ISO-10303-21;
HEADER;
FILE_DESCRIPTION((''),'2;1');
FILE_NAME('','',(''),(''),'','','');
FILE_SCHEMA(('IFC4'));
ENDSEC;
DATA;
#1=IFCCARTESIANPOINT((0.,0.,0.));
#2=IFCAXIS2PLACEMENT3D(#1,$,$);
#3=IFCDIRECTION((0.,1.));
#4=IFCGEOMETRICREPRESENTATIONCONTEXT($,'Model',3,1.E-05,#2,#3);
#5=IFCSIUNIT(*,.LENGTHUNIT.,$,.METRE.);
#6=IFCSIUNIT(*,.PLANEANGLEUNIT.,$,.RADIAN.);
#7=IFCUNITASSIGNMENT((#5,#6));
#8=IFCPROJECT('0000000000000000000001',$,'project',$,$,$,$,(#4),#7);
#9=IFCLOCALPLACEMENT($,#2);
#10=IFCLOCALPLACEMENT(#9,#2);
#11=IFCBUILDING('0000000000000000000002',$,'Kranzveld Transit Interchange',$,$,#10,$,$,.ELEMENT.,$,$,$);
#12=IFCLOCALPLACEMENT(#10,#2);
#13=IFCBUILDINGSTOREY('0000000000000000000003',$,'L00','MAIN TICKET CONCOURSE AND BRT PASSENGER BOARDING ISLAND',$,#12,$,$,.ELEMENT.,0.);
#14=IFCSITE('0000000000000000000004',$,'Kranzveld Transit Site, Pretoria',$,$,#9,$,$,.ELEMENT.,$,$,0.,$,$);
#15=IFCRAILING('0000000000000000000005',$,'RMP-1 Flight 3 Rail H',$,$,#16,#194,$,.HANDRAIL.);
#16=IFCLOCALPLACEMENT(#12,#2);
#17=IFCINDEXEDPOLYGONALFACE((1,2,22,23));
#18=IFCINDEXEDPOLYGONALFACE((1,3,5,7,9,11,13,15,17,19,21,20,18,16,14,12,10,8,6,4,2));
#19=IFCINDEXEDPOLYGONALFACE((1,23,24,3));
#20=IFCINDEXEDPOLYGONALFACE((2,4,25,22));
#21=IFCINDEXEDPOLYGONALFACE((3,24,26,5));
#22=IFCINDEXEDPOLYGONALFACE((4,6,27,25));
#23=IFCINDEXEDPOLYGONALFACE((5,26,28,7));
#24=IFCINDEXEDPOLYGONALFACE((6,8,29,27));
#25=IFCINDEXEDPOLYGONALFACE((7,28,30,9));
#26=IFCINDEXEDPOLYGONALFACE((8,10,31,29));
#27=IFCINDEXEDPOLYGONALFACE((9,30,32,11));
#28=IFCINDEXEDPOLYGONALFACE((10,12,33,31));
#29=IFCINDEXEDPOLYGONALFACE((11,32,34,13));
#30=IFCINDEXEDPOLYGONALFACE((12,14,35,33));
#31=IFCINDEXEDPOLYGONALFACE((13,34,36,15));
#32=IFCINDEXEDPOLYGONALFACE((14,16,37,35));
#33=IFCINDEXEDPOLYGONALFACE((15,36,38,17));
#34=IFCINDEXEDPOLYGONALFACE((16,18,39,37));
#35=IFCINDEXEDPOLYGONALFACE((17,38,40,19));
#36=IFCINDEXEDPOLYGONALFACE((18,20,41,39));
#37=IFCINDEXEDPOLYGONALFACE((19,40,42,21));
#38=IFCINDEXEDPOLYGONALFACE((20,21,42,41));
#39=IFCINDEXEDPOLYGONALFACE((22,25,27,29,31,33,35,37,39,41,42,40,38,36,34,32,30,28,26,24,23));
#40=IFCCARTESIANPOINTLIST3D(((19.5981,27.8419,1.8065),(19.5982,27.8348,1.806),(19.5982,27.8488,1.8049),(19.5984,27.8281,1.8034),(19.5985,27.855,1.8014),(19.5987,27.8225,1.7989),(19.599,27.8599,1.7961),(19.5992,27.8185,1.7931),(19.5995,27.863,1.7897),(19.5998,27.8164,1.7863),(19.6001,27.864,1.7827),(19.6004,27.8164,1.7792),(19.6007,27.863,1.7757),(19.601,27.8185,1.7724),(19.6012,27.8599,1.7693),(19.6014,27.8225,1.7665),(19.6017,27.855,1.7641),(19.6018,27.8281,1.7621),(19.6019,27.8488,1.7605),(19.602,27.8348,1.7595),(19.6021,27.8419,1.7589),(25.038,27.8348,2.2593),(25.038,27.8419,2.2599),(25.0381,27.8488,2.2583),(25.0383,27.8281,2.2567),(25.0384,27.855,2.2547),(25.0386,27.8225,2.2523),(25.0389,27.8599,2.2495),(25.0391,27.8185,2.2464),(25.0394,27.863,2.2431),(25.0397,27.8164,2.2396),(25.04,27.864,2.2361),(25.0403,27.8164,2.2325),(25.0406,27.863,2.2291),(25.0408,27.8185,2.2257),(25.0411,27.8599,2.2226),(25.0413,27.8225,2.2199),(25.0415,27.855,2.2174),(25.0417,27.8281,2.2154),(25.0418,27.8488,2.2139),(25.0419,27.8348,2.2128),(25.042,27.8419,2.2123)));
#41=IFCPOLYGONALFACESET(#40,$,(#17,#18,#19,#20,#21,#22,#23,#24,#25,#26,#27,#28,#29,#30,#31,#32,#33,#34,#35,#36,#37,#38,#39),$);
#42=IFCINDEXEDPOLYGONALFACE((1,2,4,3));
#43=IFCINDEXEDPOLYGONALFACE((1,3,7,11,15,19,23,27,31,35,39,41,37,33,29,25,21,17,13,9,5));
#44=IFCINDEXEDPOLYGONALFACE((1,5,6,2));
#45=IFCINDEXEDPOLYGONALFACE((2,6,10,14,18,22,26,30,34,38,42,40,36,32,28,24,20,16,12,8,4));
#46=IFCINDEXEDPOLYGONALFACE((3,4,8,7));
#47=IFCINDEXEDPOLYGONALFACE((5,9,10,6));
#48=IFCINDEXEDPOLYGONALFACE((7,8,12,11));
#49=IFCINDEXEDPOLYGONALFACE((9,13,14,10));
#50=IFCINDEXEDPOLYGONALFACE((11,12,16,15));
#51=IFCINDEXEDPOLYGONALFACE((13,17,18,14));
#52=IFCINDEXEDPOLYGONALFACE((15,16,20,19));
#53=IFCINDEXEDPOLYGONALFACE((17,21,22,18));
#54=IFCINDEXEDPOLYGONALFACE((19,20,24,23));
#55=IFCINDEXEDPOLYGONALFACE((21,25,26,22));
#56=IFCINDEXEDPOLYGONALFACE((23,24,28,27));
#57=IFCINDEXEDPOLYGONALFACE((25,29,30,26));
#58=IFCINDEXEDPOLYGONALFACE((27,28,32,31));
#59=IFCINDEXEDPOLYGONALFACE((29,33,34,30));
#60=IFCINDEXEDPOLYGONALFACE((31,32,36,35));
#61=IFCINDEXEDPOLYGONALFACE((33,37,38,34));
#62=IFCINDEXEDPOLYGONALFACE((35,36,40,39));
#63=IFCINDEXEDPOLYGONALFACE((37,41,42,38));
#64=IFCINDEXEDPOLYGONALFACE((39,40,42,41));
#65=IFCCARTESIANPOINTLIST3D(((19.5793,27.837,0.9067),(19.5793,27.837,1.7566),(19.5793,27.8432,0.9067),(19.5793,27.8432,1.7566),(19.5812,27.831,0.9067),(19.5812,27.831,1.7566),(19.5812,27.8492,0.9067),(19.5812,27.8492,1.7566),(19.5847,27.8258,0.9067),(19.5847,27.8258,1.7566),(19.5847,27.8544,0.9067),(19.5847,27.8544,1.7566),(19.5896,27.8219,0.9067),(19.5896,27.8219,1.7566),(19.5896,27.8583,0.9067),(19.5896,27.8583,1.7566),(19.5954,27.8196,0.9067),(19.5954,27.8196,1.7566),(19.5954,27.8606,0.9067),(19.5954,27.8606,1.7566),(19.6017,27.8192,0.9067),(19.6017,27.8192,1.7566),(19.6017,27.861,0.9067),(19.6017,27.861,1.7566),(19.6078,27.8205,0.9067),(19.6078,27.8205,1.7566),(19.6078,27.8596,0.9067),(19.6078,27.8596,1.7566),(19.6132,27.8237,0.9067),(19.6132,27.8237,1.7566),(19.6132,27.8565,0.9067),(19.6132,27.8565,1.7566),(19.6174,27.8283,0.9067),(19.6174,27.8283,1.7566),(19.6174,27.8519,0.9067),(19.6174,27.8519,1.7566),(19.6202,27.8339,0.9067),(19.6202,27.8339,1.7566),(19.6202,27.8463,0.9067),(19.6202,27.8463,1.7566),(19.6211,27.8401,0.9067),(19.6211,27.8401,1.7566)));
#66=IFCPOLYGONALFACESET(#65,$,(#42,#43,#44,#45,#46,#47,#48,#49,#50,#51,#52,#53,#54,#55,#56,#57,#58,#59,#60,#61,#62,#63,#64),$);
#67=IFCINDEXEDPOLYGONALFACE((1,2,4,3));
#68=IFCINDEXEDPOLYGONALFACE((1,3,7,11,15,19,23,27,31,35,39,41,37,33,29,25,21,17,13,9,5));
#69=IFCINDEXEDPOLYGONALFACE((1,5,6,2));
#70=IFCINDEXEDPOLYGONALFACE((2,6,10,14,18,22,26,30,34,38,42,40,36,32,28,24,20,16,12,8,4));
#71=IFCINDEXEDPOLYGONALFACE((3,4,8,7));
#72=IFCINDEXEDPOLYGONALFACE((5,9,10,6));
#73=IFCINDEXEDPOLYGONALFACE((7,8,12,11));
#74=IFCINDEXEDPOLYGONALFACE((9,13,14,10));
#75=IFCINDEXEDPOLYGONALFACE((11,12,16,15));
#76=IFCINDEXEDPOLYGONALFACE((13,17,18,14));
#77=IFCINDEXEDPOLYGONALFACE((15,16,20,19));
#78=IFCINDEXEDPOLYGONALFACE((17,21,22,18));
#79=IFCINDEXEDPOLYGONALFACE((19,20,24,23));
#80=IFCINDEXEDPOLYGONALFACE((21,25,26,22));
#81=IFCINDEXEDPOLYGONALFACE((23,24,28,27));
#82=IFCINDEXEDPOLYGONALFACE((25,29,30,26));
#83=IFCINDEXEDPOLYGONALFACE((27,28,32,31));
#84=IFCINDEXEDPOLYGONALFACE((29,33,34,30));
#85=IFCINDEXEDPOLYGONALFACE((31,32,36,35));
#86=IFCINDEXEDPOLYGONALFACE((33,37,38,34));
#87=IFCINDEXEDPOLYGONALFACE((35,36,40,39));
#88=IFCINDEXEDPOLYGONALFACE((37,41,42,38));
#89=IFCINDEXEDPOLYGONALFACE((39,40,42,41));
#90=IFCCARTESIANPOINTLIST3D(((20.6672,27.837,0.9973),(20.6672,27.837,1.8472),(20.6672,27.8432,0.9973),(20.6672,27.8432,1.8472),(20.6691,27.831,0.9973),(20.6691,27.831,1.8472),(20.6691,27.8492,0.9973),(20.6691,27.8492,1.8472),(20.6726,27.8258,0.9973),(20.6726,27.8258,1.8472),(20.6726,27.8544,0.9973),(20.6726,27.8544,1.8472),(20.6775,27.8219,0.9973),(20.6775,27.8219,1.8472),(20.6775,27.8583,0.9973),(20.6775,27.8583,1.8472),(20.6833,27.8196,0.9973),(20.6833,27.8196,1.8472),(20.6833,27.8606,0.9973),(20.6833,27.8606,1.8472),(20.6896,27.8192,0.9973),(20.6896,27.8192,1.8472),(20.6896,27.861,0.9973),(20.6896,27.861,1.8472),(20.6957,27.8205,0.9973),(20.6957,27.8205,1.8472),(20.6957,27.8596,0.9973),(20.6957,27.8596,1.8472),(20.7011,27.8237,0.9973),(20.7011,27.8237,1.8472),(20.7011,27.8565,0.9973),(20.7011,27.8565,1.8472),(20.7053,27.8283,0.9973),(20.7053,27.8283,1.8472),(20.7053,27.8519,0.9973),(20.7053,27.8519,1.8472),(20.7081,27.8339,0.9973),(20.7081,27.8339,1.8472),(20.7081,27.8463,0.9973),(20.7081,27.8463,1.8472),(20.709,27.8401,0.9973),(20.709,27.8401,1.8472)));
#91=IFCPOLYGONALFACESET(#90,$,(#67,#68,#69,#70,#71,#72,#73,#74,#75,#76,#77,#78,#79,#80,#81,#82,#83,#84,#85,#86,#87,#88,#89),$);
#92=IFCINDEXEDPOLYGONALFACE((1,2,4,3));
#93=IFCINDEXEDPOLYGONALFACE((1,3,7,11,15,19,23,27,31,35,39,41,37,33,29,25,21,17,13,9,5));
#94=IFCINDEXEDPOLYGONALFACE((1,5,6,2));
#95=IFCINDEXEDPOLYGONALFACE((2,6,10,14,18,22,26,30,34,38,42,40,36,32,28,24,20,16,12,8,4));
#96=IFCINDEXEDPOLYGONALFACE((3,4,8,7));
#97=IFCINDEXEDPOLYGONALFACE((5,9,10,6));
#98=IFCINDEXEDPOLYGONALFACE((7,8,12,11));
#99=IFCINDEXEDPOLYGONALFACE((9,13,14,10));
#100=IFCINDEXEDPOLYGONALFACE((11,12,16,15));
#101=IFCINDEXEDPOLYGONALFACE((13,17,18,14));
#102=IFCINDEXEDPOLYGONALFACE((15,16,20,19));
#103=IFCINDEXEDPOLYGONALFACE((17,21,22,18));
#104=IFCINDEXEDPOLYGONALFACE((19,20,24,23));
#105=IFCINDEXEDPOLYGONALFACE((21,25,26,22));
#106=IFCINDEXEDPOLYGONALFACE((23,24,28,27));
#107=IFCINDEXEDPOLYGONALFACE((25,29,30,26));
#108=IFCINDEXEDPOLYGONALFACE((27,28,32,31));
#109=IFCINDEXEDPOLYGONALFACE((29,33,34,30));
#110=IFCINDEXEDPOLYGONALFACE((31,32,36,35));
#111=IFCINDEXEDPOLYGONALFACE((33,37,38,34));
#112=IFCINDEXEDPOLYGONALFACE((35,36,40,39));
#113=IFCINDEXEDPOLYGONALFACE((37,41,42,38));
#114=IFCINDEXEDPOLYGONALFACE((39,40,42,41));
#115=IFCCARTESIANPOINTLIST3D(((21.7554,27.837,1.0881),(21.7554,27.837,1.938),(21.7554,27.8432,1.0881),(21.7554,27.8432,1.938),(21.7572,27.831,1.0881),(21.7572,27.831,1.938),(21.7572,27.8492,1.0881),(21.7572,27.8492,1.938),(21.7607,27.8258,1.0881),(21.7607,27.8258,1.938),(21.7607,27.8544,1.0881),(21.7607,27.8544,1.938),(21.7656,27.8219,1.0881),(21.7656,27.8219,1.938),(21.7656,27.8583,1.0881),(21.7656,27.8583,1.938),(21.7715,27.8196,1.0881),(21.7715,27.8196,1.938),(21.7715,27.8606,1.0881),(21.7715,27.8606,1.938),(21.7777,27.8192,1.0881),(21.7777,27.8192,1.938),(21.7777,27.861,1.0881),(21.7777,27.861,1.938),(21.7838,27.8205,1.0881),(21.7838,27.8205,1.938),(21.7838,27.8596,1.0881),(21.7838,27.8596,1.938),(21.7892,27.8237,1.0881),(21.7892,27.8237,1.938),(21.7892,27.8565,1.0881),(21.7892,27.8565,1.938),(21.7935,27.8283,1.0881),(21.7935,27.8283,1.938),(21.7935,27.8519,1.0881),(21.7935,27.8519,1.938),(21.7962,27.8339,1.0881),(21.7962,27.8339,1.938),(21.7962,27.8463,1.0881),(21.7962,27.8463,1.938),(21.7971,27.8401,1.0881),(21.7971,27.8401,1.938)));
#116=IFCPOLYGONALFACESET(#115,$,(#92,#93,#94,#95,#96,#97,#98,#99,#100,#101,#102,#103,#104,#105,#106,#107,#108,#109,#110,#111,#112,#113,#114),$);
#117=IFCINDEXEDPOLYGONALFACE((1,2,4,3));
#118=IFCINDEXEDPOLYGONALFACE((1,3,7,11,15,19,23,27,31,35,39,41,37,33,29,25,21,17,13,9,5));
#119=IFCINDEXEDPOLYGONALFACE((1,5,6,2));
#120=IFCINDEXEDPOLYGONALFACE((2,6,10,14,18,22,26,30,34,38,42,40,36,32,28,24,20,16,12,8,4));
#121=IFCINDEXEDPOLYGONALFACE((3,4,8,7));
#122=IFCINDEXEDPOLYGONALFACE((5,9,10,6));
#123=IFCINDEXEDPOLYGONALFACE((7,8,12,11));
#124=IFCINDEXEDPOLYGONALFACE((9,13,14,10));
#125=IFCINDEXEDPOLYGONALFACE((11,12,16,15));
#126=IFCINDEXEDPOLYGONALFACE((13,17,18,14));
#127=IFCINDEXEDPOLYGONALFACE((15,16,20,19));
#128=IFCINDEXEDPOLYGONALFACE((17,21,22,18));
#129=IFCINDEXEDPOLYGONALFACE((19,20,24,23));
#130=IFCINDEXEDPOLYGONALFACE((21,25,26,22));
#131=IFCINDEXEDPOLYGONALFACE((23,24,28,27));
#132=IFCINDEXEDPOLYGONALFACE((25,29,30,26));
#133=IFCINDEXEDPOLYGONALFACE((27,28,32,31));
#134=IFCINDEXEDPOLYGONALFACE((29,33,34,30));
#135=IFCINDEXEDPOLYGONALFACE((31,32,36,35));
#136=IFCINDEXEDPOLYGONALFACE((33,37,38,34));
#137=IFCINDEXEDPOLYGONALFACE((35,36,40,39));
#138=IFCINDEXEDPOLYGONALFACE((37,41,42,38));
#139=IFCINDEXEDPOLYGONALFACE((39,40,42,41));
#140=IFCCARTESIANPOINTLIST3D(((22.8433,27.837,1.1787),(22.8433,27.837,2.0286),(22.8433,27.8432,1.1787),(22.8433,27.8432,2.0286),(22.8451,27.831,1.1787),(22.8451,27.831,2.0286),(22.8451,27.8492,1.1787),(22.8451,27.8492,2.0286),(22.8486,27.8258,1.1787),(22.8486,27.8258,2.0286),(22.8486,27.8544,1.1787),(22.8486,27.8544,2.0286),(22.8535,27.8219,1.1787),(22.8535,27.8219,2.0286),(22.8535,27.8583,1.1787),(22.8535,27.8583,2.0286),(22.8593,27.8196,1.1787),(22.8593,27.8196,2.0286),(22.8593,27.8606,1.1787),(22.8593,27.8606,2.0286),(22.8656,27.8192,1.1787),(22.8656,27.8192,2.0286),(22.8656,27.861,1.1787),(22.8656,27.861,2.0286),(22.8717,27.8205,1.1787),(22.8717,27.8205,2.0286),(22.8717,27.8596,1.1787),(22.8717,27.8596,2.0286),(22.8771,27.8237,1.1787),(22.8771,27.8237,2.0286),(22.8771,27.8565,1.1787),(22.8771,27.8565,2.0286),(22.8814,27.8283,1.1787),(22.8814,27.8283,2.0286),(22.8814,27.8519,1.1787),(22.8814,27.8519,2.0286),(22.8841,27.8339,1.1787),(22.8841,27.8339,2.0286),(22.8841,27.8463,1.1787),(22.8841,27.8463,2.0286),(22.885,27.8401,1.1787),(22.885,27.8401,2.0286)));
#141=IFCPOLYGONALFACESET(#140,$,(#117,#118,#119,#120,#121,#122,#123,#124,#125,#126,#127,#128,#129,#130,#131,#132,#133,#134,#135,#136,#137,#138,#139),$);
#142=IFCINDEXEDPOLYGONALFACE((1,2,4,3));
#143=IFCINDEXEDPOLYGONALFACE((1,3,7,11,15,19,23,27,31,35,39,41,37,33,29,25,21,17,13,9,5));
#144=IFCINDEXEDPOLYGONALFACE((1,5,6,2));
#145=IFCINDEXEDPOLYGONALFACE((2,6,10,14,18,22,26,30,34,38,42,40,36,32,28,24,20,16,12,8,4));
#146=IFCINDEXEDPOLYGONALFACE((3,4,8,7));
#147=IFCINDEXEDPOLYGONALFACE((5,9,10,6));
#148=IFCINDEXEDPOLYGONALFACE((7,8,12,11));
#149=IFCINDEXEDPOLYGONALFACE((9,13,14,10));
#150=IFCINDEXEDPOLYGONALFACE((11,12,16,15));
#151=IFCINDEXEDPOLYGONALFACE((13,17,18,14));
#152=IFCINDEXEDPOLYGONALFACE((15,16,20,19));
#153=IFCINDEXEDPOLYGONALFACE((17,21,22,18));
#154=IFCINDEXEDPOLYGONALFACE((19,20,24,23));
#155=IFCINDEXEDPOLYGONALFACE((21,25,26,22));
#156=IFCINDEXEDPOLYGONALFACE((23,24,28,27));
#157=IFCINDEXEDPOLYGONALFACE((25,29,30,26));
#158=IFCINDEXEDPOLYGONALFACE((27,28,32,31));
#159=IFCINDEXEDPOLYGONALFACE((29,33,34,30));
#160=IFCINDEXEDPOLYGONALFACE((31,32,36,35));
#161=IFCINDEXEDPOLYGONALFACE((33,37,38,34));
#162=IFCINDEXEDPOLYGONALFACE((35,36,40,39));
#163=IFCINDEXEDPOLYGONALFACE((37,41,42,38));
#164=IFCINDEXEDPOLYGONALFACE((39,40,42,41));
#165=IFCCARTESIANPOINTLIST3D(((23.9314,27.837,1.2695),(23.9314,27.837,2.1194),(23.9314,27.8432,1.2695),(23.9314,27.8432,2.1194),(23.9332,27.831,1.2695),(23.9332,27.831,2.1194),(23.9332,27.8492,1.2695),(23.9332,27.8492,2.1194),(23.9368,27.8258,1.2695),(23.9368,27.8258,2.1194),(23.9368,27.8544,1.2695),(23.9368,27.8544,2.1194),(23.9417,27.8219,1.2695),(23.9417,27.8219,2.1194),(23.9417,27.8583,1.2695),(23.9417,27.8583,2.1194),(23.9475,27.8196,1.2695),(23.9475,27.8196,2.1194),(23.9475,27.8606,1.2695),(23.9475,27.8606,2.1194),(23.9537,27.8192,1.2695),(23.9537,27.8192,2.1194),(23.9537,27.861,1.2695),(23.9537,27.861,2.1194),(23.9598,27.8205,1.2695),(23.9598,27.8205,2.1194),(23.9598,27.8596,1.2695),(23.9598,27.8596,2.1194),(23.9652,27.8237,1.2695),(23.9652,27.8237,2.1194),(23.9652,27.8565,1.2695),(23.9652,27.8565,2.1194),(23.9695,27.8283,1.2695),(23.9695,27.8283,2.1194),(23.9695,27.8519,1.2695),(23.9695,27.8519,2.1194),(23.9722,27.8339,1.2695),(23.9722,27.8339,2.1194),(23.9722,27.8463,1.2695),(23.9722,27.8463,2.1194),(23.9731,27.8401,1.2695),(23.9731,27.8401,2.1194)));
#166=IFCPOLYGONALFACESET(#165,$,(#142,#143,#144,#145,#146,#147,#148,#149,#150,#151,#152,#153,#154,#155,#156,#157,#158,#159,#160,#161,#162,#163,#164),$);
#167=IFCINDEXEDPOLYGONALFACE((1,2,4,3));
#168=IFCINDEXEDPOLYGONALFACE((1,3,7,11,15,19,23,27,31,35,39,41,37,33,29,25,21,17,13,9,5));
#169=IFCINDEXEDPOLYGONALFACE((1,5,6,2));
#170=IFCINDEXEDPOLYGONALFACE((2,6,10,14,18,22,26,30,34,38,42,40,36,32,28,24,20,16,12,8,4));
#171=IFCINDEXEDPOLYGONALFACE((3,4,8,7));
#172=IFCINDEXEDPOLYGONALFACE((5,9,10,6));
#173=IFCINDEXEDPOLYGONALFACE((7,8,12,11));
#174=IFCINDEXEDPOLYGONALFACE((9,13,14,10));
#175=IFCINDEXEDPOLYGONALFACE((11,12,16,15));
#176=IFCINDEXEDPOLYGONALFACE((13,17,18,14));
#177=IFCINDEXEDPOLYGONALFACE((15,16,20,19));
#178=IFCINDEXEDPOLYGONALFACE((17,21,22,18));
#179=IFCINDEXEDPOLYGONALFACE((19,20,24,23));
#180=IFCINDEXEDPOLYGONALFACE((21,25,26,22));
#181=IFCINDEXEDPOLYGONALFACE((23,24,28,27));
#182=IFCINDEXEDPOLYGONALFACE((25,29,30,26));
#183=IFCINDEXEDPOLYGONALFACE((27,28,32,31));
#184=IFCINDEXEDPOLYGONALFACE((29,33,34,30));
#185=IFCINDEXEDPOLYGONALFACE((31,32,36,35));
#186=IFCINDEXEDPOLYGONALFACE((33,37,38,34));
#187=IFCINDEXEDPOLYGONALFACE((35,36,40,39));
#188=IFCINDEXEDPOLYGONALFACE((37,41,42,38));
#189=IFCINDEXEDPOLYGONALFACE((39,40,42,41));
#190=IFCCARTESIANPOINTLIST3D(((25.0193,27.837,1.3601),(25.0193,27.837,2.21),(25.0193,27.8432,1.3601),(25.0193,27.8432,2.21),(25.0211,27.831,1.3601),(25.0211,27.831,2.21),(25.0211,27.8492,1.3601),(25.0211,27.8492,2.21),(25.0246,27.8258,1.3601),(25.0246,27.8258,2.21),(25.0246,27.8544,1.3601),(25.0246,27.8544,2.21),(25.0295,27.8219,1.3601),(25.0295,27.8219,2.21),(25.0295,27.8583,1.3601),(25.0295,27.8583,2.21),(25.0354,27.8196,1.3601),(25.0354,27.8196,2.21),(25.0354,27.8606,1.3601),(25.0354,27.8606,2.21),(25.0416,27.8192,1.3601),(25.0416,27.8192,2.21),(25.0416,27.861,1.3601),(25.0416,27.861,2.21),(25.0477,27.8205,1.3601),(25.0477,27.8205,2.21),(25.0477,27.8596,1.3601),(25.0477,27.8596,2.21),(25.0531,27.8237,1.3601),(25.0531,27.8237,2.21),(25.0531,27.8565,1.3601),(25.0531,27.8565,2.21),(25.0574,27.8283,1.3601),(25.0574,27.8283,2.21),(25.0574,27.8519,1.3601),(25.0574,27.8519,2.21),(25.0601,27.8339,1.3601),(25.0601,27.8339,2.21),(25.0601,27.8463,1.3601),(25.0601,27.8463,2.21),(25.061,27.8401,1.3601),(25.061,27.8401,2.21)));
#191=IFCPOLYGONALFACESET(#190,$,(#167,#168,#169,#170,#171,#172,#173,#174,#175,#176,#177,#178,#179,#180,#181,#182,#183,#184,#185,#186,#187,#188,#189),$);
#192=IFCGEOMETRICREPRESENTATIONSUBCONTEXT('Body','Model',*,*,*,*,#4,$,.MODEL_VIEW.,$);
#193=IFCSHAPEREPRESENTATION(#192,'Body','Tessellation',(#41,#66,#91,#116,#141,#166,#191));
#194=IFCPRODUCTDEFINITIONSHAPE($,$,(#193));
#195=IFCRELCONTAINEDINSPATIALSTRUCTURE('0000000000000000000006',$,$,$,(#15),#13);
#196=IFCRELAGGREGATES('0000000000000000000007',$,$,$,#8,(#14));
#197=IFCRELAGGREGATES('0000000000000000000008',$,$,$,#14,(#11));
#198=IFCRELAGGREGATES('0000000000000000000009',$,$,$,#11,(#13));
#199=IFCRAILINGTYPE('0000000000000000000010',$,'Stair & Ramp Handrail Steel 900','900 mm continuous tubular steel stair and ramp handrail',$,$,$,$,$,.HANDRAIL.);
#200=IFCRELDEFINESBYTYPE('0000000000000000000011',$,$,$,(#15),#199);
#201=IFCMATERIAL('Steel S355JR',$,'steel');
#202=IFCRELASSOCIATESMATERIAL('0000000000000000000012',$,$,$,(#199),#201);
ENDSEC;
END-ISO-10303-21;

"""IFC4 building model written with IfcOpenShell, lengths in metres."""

from ifc_helpers import new_model, si_unit, direction, frame, origin, origin_2d, place, context, subcontext, project, spatial, circle, extrude, material, type_object, element, save


model = new_model("IFC4")

# Units and contexts
model_context = context("Model", 3, precision=1e-05, world=origin(), true_north=direction((0.0, 1.0)))
body_context = subcontext(model_context, "Body", "Model", "MODEL_VIEW")
ifc_project = project(units=[si_unit("LENGTHUNIT", "METRE"), si_unit("PLANEANGLEUNIT", "RADIAN")], contexts=[model_context])

# Site, building, storey
site_placement = place(None, origin())
site = spatial("IfcSite", under=ifc_project, at=site_placement, Name="Kranzveld Transit Site, Pretoria", CompositionType="ELEMENT", RefElevation=0.0)
building_placement = place(site_placement, origin())
building = spatial("IfcBuilding", under=site, at=building_placement, Name="Kranzveld Transit Interchange", CompositionType="ELEMENT")
storey_placement = place(building_placement, origin())
storey = spatial("IfcBuildingStorey", under=building, at=storey_placement, Name="L00", Description="MAIN TICKET CONCOURSE AND BRT PASSENGER BOARDING ISLAND", CompositionType="ELEMENT", Elevation=0.0)

# Railing
ifc_material_1 = material(Name="Steel S355JR", Category="steel")
railing_type_1 = type_object("IfcRailingType", Name="Stair & Ramp Handrail Steel 900", Description="900 mm continuous tubular steel stair and ramp handrail", PredefinedType="HANDRAIL", material=ifc_material_1)
for number, where, name in (
    (1, (19.6001, 27.8401, 0.9067), "RMP-1 Flight 3 Rail H"),
):
    element("IfcRailing", number, at=place(storey_placement, frame(where)), inside=storey, type_object=railing_type_1, Name=name, PredefinedType="HANDRAIL", context=body_context, shape_type="SweptSolid", body=[
        extrude(circle(Radius=0.0239, at=origin_2d()), frame((0.0, 0.0, 0.876), z_axis=(0.996545, 0.0, 0.083053), x_axis=(0.0, 1.0, 0.0)), (0.0, 0.0, 1.0), 5.4587),
        extrude(circle(Radius=0.021, at=origin_2d()), origin(), (0.0, 0.0, 1.0), 0.8499),
        extrude(circle(Radius=0.021, at=origin_2d()), frame((1.0879, 0.0, 0.0906)), (0.0, 0.0, 1.0), 0.8499),
        extrude(circle(Radius=0.021, at=origin_2d()), frame((2.176, 0.0, 0.1814)), (0.0, 0.0, 1.0), 0.8499),
        extrude(circle(Radius=0.021, at=origin_2d()), frame((3.2639, 0.0, 0.272)), (0.0, 0.0, 1.0), 0.8499),
        extrude(circle(Radius=0.021, at=origin_2d()), frame((4.3521, 0.0, 0.3628)), (0.0, 0.0, 1.0), 0.8499),
        extrude(circle(Radius=0.021, at=origin_2d()), frame((5.4399, 0.0, 0.4534)), (0.0, 0.0, 1.0), 0.8499),
    ])

save(model, "model.ifc")
